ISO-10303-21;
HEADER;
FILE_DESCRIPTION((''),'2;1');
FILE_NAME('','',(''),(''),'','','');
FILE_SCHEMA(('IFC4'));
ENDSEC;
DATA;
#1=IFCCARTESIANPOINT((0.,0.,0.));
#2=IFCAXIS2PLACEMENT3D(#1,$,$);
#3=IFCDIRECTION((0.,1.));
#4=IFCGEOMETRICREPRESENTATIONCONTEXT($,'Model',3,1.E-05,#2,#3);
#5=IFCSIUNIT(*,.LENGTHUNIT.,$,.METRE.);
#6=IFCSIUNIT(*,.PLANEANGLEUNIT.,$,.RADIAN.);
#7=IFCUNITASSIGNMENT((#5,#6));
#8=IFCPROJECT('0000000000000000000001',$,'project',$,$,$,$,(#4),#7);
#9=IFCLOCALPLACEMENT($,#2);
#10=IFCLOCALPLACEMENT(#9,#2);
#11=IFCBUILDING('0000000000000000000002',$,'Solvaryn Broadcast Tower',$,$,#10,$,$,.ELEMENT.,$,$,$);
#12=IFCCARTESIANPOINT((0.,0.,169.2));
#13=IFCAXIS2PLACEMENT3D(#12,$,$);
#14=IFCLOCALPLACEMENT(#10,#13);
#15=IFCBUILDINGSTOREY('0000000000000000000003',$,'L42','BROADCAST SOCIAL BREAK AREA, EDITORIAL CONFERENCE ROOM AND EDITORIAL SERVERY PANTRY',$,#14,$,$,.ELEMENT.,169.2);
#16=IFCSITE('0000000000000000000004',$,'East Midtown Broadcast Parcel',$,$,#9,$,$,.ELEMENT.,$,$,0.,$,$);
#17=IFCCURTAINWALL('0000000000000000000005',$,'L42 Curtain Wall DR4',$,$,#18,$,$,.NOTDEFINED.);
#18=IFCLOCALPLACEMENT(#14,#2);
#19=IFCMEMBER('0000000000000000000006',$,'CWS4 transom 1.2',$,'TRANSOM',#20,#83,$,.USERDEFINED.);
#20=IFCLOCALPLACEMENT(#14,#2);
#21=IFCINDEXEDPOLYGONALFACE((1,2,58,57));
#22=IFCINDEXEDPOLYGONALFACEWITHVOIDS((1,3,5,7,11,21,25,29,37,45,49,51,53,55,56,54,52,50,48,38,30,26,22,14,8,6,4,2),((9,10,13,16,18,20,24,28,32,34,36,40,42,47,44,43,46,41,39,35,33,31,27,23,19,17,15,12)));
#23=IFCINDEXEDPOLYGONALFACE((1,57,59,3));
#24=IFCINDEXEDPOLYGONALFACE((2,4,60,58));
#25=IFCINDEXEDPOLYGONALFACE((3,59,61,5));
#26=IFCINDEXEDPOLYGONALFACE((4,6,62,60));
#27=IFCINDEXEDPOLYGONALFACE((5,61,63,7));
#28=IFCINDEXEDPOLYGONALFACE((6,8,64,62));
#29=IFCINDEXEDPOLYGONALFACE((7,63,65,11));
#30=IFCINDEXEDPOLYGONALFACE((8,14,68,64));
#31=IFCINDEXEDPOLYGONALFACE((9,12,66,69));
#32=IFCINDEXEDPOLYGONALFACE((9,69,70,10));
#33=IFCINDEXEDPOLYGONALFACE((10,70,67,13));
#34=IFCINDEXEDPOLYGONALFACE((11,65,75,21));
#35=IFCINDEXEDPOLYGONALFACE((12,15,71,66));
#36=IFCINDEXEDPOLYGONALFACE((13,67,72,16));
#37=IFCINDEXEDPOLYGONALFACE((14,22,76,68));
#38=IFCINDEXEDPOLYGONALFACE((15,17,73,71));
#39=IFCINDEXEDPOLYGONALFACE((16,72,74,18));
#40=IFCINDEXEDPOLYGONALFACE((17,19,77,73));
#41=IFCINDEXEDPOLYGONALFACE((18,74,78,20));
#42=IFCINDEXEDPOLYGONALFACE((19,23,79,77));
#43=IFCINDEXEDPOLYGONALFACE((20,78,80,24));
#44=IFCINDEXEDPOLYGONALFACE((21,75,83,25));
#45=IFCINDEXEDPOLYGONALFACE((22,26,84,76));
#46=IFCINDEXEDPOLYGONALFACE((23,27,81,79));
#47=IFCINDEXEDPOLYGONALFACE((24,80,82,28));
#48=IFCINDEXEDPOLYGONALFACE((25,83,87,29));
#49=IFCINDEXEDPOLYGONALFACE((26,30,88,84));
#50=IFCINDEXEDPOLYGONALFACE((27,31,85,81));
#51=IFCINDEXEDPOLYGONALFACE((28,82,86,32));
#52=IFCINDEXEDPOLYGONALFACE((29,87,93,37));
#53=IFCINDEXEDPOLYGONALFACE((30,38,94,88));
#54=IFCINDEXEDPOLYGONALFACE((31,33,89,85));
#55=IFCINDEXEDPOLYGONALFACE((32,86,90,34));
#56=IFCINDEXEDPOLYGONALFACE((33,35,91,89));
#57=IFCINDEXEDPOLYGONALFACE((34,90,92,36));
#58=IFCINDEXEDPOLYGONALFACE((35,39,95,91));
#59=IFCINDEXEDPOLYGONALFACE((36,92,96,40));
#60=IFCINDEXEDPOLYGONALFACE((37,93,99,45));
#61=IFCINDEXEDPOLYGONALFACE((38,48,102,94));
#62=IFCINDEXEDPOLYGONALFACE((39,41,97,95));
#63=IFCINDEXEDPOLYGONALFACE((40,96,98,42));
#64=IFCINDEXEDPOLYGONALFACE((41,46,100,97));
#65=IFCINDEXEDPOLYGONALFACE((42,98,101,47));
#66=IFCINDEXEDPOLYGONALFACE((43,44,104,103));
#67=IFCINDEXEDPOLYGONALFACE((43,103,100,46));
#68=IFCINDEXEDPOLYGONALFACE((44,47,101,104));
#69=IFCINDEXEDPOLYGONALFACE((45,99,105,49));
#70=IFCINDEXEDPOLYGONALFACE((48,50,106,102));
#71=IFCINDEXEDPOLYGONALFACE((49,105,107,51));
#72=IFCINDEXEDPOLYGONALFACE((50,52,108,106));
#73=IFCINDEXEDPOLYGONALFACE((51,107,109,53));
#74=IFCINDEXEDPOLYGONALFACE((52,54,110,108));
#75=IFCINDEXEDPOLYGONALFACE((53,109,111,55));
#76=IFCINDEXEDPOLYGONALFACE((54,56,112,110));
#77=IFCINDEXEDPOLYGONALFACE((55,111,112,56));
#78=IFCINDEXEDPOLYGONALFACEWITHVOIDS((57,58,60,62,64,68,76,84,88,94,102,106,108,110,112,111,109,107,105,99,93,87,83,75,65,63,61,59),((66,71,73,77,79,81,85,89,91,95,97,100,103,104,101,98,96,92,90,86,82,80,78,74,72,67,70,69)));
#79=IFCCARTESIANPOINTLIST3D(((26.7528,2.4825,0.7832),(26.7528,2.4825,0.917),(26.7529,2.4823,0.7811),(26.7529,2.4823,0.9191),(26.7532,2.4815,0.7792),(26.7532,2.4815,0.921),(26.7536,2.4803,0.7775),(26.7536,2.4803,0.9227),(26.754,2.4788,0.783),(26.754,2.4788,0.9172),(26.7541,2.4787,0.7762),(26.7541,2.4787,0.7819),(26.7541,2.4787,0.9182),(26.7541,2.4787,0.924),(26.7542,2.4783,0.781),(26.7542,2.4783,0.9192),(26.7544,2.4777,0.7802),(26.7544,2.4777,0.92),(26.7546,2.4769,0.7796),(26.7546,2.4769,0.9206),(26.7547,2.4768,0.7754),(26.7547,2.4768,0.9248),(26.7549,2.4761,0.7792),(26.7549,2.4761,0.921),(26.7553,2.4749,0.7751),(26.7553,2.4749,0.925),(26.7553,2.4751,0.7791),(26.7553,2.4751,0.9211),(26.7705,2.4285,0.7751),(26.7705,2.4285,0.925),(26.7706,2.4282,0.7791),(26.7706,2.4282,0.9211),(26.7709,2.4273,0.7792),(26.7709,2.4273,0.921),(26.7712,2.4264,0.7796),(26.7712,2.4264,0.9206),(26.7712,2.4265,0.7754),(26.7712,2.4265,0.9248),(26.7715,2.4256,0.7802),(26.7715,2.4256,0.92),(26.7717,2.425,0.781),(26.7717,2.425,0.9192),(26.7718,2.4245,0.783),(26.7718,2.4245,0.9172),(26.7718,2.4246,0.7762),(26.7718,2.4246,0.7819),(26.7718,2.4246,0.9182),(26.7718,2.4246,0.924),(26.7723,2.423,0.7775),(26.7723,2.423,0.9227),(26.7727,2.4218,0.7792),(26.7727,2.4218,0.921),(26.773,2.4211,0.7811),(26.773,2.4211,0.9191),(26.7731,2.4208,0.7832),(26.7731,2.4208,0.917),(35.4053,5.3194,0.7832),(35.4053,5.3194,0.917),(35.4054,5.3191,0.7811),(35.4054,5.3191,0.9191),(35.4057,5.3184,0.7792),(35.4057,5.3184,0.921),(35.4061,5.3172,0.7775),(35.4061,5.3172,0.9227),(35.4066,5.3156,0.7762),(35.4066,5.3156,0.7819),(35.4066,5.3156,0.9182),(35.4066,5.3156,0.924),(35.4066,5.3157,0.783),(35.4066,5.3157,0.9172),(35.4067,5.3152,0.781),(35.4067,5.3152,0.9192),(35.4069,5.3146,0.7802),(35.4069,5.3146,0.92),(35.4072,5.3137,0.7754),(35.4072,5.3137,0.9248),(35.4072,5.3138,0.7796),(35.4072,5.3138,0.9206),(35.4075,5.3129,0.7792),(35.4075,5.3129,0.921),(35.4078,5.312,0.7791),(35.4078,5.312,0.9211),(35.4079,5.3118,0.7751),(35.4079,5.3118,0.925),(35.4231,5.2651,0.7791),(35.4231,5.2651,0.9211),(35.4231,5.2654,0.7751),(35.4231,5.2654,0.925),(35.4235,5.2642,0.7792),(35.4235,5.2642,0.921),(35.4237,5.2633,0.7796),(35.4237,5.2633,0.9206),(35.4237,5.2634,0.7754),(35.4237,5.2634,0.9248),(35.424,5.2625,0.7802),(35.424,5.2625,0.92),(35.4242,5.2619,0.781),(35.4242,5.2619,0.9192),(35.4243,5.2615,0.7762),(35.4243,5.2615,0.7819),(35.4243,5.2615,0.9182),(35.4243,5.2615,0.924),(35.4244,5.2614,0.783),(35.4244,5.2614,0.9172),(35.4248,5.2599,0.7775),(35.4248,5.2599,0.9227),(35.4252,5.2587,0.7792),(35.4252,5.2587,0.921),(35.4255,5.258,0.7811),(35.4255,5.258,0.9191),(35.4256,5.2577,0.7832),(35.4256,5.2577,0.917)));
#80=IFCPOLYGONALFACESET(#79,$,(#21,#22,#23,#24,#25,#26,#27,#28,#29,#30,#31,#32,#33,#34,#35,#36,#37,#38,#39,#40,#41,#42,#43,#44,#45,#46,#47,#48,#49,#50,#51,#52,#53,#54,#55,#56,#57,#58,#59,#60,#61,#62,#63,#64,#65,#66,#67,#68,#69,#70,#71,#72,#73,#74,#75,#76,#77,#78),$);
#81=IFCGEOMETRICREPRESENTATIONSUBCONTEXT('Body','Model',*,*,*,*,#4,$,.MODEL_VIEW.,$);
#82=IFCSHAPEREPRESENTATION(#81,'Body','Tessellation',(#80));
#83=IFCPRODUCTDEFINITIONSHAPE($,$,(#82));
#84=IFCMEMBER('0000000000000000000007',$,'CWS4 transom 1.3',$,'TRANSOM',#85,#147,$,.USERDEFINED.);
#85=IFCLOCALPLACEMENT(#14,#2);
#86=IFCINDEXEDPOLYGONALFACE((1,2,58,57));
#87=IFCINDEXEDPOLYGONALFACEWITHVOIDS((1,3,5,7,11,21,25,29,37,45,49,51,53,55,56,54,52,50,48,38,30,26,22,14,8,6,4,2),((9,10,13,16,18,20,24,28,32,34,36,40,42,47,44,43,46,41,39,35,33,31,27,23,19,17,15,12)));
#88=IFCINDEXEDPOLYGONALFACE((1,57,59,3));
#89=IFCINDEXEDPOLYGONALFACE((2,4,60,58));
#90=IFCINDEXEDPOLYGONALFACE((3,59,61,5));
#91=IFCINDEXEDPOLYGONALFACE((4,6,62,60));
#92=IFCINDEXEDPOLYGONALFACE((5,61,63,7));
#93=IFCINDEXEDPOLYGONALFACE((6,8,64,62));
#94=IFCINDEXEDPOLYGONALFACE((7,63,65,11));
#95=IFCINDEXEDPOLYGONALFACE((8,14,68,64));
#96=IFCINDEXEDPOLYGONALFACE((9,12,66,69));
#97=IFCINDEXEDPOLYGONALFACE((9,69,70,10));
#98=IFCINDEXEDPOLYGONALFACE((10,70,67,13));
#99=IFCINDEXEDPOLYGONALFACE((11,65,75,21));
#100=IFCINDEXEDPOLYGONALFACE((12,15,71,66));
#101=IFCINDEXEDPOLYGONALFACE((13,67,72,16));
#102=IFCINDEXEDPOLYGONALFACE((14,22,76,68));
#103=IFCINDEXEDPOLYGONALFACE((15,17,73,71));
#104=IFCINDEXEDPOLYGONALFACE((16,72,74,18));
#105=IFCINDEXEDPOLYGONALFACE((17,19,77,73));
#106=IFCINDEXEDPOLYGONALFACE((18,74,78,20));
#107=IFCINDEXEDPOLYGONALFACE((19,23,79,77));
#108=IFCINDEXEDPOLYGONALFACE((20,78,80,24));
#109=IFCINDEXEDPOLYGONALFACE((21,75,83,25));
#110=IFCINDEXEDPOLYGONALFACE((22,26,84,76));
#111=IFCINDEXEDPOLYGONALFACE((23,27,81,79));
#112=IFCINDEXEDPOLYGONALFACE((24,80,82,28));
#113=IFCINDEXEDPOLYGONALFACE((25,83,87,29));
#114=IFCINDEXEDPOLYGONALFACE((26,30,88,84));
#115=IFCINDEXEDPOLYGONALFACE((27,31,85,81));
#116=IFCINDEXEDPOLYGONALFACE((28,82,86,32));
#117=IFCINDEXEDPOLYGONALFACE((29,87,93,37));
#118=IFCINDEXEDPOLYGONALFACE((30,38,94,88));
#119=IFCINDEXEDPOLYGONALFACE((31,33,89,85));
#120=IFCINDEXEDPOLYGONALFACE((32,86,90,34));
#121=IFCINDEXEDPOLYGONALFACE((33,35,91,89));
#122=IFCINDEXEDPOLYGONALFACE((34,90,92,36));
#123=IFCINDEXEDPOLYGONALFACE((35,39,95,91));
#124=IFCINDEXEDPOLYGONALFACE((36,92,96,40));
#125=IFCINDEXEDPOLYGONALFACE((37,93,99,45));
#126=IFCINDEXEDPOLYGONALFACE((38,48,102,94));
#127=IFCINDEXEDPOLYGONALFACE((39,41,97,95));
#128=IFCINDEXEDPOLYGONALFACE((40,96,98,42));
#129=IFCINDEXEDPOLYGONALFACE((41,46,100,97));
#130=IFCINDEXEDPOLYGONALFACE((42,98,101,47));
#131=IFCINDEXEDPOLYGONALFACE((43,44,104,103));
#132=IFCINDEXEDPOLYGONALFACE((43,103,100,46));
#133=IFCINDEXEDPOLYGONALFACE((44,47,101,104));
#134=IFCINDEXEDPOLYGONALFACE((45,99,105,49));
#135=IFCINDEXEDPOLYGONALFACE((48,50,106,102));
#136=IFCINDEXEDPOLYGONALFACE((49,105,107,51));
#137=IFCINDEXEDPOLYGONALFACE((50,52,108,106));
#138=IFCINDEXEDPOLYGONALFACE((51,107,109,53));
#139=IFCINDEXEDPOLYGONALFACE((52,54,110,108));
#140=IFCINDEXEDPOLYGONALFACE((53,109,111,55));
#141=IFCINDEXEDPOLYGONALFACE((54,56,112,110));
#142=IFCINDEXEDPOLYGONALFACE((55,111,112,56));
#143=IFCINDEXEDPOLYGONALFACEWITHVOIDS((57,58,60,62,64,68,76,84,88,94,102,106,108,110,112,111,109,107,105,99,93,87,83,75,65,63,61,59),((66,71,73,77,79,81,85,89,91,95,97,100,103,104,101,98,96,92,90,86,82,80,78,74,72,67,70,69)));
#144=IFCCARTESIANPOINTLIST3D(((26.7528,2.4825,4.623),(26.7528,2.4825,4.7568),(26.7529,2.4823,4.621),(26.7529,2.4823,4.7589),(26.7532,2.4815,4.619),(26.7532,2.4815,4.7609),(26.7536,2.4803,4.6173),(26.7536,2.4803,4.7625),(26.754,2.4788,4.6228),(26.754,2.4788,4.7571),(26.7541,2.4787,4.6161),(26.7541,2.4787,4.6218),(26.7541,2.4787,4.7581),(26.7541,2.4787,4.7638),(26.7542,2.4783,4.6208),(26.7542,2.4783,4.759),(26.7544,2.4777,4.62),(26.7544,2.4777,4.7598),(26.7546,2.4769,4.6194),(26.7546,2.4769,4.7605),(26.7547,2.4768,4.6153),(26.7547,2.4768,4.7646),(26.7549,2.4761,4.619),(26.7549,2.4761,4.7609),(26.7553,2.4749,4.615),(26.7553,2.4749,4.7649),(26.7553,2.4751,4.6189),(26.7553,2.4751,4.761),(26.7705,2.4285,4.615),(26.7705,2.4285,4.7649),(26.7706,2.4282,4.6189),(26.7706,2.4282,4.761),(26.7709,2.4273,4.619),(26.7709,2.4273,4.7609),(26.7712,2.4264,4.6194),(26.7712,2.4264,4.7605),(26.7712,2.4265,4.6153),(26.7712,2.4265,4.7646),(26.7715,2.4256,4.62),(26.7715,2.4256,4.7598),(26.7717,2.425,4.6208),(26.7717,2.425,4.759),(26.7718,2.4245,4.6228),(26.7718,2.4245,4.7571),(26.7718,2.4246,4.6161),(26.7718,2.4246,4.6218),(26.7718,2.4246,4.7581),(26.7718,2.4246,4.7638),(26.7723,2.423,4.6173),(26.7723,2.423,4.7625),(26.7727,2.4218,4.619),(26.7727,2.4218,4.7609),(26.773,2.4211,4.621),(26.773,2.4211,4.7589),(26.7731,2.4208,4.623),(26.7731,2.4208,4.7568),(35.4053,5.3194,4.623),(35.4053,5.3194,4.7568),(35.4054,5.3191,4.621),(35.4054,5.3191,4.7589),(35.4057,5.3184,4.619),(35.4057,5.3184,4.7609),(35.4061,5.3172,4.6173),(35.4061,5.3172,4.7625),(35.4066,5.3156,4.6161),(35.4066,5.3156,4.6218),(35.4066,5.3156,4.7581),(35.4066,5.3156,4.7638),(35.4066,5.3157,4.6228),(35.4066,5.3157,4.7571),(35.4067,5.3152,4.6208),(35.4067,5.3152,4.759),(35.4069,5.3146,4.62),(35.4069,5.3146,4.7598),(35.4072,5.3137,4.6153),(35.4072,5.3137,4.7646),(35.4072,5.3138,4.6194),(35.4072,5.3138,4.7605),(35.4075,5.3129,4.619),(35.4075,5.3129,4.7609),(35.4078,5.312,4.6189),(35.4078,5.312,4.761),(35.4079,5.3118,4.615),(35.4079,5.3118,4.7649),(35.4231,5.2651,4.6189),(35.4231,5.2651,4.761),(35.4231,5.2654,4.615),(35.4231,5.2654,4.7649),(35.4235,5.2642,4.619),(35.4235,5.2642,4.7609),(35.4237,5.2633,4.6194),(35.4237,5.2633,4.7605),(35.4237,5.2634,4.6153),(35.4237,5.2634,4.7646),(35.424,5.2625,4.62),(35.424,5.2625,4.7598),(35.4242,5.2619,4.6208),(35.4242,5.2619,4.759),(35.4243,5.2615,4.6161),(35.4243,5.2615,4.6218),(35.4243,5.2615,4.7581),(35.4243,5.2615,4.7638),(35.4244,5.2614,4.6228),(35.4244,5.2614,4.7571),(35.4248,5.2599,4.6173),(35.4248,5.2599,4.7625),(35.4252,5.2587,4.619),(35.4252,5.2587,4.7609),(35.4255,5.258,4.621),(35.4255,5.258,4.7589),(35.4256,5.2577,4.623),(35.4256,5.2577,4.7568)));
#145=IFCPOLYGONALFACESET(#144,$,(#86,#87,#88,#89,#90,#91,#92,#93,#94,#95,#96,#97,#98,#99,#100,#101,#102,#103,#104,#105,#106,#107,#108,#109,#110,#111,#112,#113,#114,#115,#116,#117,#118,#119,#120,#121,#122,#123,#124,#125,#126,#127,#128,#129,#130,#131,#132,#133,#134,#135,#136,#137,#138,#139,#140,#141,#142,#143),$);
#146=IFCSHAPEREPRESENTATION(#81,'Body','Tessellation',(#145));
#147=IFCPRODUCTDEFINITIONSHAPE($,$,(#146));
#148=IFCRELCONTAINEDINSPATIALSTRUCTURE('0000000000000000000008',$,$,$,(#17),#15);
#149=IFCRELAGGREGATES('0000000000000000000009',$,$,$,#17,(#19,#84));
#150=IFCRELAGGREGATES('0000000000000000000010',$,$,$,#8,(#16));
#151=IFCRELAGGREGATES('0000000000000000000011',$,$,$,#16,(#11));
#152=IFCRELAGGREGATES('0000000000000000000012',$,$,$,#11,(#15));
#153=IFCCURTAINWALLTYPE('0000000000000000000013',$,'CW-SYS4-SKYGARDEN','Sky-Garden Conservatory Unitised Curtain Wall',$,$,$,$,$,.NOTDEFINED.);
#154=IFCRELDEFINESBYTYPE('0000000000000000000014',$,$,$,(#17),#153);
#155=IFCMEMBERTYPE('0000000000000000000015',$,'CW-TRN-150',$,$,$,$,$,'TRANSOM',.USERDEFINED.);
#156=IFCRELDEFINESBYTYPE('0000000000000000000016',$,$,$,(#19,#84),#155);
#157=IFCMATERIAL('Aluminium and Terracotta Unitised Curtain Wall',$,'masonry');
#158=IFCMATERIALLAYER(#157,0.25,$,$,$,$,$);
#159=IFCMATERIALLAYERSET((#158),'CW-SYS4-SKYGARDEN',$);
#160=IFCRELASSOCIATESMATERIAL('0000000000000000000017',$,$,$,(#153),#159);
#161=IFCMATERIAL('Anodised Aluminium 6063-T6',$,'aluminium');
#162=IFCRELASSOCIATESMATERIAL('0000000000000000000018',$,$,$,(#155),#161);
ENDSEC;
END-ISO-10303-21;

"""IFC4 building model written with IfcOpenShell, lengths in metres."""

from ifc_helpers import new_model, si_unit, direction, frame, origin, origin_2d, place, context, subcontext, project, spatial, hollow_rectangle, extrude, material, layer, layer_set, material_profile, profile_set, type_object, element, aggregate, save


model = new_model("IFC4")

# Units and contexts
model_context = context("Model", 3, precision=1e-05, world=origin(), true_north=direction((0.0, 1.0)))
body_context = subcontext(model_context, "Body", "Model", "MODEL_VIEW")
ifc_project = project(units=[si_unit("LENGTHUNIT", "METRE"), si_unit("PLANEANGLEUNIT", "RADIAN")], contexts=[model_context])

# Site, building, storey
site_placement = place(None, origin())
site = spatial("IfcSite", under=ifc_project, at=site_placement, Name="East Midtown Broadcast Parcel", CompositionType="ELEMENT", RefElevation=0.0)
building_placement = place(site_placement, origin())
building = spatial("IfcBuilding", under=site, at=building_placement, Name="Solvaryn Broadcast Tower", CompositionType="ELEMENT")
storey_placement = place(building_placement, frame((0.0, 0.0, 169.2)))
storey = spatial("IfcBuildingStorey", under=building, at=storey_placement, Name="L42", Description="BROADCAST SOCIAL BREAK AREA, EDITORIAL CONFERENCE ROOM AND EDITORIAL SERVERY PANTRY", CompositionType="ELEMENT", Elevation=169.2)

# Shared definitions
ifc_material_1 = material(Name="Aluminium and Terracotta Unitised Curtain Wall", Category="masonry")
ifc_layer_1 = layer(ifc_material_1, 0.25)
ifc_layer_set_1 = layer_set([ifc_layer_1], Name="CW-SYS4-SKYGARDEN")
curtain_wall_type = type_object("IfcCurtainWallType", Name="CW-SYS4-SKYGARDEN", Description="Sky-Garden Conservatory Unitised Curtain Wall", PredefinedType="NOTDEFINED", material=ifc_layer_set_1)

# Curtain wall, members
curtain_wall_1_placement = place(storey_placement, origin())
curtain_wall_1 = element("IfcCurtainWall", 1, at=curtain_wall_1_placement, inside=storey, type_object=curtain_wall_type, Name="L42 Curtain Wall DR4", PredefinedType="NOTDEFINED")
ifc_material_2 = material(Name="Anodised Aluminium 6063-T6", Category="aluminium")
ifc_material_profile_1 = material_profile(ifc_material_2, hollow_rectangle(XDim=0.0649, YDim=0.1499, WallThickness=0.0039, InnerFilletRadius=0.0039, OuterFilletRadius=0.0081, at=origin_2d()))
ifc_profile_set_1 = profile_set([ifc_material_profile_1], Name="Anodised Aluminium 6063-T6")
member_type_1 = type_object("IfcMemberType", Name="CW-TRN-150", ElementType="TRANSOM", PredefinedType="USERDEFINED", material=ifc_profile_set_1)
member_1_placement = place(storey_placement, frame((26.7629, 2.4517, 0.8501), z_axis=(0.95023, 0.311551, 0.0), x_axis=(-0.311551, 0.95023, 0.0)))
member_1 = element("IfcMember", 2, at=member_1_placement, type_object=member_type_1, Name="CWS4 transom 1.2", ObjectType="TRANSOM", PredefinedType="USERDEFINED", context=body_context, shape_type="SweptSolid", body=[
    extrude(hollow_rectangle(XDim=0.0649, YDim=0.1499, WallThickness=0.0039, InnerFilletRadius=0.0039, OuterFilletRadius=0.0081, at=origin_2d()), origin(), (0.0, 0.0, 1.0), 9.1057),
])
member_2_placement = place(storey_placement, frame((26.7629, 2.4517, 4.6899), z_axis=(0.95023, 0.311551, 0.0), x_axis=(-0.311551, 0.95023, 0.0)))
member_2 = element("IfcMember", 3, at=member_2_placement, type_object=member_type_1, Name="CWS4 transom 1.3", ObjectType="TRANSOM", PredefinedType="USERDEFINED", context=body_context, shape_type="SweptSolid", body=[
    extrude(hollow_rectangle(XDim=0.0649, YDim=0.1499, WallThickness=0.0039, InnerFilletRadius=0.0039, OuterFilletRadius=0.0081, at=origin_2d()), origin(), (0.0, 0.0, 1.0), 9.1057),
])

aggregate(curtain_wall_1, [member_1, member_2])

save(model, "model.ifc")
